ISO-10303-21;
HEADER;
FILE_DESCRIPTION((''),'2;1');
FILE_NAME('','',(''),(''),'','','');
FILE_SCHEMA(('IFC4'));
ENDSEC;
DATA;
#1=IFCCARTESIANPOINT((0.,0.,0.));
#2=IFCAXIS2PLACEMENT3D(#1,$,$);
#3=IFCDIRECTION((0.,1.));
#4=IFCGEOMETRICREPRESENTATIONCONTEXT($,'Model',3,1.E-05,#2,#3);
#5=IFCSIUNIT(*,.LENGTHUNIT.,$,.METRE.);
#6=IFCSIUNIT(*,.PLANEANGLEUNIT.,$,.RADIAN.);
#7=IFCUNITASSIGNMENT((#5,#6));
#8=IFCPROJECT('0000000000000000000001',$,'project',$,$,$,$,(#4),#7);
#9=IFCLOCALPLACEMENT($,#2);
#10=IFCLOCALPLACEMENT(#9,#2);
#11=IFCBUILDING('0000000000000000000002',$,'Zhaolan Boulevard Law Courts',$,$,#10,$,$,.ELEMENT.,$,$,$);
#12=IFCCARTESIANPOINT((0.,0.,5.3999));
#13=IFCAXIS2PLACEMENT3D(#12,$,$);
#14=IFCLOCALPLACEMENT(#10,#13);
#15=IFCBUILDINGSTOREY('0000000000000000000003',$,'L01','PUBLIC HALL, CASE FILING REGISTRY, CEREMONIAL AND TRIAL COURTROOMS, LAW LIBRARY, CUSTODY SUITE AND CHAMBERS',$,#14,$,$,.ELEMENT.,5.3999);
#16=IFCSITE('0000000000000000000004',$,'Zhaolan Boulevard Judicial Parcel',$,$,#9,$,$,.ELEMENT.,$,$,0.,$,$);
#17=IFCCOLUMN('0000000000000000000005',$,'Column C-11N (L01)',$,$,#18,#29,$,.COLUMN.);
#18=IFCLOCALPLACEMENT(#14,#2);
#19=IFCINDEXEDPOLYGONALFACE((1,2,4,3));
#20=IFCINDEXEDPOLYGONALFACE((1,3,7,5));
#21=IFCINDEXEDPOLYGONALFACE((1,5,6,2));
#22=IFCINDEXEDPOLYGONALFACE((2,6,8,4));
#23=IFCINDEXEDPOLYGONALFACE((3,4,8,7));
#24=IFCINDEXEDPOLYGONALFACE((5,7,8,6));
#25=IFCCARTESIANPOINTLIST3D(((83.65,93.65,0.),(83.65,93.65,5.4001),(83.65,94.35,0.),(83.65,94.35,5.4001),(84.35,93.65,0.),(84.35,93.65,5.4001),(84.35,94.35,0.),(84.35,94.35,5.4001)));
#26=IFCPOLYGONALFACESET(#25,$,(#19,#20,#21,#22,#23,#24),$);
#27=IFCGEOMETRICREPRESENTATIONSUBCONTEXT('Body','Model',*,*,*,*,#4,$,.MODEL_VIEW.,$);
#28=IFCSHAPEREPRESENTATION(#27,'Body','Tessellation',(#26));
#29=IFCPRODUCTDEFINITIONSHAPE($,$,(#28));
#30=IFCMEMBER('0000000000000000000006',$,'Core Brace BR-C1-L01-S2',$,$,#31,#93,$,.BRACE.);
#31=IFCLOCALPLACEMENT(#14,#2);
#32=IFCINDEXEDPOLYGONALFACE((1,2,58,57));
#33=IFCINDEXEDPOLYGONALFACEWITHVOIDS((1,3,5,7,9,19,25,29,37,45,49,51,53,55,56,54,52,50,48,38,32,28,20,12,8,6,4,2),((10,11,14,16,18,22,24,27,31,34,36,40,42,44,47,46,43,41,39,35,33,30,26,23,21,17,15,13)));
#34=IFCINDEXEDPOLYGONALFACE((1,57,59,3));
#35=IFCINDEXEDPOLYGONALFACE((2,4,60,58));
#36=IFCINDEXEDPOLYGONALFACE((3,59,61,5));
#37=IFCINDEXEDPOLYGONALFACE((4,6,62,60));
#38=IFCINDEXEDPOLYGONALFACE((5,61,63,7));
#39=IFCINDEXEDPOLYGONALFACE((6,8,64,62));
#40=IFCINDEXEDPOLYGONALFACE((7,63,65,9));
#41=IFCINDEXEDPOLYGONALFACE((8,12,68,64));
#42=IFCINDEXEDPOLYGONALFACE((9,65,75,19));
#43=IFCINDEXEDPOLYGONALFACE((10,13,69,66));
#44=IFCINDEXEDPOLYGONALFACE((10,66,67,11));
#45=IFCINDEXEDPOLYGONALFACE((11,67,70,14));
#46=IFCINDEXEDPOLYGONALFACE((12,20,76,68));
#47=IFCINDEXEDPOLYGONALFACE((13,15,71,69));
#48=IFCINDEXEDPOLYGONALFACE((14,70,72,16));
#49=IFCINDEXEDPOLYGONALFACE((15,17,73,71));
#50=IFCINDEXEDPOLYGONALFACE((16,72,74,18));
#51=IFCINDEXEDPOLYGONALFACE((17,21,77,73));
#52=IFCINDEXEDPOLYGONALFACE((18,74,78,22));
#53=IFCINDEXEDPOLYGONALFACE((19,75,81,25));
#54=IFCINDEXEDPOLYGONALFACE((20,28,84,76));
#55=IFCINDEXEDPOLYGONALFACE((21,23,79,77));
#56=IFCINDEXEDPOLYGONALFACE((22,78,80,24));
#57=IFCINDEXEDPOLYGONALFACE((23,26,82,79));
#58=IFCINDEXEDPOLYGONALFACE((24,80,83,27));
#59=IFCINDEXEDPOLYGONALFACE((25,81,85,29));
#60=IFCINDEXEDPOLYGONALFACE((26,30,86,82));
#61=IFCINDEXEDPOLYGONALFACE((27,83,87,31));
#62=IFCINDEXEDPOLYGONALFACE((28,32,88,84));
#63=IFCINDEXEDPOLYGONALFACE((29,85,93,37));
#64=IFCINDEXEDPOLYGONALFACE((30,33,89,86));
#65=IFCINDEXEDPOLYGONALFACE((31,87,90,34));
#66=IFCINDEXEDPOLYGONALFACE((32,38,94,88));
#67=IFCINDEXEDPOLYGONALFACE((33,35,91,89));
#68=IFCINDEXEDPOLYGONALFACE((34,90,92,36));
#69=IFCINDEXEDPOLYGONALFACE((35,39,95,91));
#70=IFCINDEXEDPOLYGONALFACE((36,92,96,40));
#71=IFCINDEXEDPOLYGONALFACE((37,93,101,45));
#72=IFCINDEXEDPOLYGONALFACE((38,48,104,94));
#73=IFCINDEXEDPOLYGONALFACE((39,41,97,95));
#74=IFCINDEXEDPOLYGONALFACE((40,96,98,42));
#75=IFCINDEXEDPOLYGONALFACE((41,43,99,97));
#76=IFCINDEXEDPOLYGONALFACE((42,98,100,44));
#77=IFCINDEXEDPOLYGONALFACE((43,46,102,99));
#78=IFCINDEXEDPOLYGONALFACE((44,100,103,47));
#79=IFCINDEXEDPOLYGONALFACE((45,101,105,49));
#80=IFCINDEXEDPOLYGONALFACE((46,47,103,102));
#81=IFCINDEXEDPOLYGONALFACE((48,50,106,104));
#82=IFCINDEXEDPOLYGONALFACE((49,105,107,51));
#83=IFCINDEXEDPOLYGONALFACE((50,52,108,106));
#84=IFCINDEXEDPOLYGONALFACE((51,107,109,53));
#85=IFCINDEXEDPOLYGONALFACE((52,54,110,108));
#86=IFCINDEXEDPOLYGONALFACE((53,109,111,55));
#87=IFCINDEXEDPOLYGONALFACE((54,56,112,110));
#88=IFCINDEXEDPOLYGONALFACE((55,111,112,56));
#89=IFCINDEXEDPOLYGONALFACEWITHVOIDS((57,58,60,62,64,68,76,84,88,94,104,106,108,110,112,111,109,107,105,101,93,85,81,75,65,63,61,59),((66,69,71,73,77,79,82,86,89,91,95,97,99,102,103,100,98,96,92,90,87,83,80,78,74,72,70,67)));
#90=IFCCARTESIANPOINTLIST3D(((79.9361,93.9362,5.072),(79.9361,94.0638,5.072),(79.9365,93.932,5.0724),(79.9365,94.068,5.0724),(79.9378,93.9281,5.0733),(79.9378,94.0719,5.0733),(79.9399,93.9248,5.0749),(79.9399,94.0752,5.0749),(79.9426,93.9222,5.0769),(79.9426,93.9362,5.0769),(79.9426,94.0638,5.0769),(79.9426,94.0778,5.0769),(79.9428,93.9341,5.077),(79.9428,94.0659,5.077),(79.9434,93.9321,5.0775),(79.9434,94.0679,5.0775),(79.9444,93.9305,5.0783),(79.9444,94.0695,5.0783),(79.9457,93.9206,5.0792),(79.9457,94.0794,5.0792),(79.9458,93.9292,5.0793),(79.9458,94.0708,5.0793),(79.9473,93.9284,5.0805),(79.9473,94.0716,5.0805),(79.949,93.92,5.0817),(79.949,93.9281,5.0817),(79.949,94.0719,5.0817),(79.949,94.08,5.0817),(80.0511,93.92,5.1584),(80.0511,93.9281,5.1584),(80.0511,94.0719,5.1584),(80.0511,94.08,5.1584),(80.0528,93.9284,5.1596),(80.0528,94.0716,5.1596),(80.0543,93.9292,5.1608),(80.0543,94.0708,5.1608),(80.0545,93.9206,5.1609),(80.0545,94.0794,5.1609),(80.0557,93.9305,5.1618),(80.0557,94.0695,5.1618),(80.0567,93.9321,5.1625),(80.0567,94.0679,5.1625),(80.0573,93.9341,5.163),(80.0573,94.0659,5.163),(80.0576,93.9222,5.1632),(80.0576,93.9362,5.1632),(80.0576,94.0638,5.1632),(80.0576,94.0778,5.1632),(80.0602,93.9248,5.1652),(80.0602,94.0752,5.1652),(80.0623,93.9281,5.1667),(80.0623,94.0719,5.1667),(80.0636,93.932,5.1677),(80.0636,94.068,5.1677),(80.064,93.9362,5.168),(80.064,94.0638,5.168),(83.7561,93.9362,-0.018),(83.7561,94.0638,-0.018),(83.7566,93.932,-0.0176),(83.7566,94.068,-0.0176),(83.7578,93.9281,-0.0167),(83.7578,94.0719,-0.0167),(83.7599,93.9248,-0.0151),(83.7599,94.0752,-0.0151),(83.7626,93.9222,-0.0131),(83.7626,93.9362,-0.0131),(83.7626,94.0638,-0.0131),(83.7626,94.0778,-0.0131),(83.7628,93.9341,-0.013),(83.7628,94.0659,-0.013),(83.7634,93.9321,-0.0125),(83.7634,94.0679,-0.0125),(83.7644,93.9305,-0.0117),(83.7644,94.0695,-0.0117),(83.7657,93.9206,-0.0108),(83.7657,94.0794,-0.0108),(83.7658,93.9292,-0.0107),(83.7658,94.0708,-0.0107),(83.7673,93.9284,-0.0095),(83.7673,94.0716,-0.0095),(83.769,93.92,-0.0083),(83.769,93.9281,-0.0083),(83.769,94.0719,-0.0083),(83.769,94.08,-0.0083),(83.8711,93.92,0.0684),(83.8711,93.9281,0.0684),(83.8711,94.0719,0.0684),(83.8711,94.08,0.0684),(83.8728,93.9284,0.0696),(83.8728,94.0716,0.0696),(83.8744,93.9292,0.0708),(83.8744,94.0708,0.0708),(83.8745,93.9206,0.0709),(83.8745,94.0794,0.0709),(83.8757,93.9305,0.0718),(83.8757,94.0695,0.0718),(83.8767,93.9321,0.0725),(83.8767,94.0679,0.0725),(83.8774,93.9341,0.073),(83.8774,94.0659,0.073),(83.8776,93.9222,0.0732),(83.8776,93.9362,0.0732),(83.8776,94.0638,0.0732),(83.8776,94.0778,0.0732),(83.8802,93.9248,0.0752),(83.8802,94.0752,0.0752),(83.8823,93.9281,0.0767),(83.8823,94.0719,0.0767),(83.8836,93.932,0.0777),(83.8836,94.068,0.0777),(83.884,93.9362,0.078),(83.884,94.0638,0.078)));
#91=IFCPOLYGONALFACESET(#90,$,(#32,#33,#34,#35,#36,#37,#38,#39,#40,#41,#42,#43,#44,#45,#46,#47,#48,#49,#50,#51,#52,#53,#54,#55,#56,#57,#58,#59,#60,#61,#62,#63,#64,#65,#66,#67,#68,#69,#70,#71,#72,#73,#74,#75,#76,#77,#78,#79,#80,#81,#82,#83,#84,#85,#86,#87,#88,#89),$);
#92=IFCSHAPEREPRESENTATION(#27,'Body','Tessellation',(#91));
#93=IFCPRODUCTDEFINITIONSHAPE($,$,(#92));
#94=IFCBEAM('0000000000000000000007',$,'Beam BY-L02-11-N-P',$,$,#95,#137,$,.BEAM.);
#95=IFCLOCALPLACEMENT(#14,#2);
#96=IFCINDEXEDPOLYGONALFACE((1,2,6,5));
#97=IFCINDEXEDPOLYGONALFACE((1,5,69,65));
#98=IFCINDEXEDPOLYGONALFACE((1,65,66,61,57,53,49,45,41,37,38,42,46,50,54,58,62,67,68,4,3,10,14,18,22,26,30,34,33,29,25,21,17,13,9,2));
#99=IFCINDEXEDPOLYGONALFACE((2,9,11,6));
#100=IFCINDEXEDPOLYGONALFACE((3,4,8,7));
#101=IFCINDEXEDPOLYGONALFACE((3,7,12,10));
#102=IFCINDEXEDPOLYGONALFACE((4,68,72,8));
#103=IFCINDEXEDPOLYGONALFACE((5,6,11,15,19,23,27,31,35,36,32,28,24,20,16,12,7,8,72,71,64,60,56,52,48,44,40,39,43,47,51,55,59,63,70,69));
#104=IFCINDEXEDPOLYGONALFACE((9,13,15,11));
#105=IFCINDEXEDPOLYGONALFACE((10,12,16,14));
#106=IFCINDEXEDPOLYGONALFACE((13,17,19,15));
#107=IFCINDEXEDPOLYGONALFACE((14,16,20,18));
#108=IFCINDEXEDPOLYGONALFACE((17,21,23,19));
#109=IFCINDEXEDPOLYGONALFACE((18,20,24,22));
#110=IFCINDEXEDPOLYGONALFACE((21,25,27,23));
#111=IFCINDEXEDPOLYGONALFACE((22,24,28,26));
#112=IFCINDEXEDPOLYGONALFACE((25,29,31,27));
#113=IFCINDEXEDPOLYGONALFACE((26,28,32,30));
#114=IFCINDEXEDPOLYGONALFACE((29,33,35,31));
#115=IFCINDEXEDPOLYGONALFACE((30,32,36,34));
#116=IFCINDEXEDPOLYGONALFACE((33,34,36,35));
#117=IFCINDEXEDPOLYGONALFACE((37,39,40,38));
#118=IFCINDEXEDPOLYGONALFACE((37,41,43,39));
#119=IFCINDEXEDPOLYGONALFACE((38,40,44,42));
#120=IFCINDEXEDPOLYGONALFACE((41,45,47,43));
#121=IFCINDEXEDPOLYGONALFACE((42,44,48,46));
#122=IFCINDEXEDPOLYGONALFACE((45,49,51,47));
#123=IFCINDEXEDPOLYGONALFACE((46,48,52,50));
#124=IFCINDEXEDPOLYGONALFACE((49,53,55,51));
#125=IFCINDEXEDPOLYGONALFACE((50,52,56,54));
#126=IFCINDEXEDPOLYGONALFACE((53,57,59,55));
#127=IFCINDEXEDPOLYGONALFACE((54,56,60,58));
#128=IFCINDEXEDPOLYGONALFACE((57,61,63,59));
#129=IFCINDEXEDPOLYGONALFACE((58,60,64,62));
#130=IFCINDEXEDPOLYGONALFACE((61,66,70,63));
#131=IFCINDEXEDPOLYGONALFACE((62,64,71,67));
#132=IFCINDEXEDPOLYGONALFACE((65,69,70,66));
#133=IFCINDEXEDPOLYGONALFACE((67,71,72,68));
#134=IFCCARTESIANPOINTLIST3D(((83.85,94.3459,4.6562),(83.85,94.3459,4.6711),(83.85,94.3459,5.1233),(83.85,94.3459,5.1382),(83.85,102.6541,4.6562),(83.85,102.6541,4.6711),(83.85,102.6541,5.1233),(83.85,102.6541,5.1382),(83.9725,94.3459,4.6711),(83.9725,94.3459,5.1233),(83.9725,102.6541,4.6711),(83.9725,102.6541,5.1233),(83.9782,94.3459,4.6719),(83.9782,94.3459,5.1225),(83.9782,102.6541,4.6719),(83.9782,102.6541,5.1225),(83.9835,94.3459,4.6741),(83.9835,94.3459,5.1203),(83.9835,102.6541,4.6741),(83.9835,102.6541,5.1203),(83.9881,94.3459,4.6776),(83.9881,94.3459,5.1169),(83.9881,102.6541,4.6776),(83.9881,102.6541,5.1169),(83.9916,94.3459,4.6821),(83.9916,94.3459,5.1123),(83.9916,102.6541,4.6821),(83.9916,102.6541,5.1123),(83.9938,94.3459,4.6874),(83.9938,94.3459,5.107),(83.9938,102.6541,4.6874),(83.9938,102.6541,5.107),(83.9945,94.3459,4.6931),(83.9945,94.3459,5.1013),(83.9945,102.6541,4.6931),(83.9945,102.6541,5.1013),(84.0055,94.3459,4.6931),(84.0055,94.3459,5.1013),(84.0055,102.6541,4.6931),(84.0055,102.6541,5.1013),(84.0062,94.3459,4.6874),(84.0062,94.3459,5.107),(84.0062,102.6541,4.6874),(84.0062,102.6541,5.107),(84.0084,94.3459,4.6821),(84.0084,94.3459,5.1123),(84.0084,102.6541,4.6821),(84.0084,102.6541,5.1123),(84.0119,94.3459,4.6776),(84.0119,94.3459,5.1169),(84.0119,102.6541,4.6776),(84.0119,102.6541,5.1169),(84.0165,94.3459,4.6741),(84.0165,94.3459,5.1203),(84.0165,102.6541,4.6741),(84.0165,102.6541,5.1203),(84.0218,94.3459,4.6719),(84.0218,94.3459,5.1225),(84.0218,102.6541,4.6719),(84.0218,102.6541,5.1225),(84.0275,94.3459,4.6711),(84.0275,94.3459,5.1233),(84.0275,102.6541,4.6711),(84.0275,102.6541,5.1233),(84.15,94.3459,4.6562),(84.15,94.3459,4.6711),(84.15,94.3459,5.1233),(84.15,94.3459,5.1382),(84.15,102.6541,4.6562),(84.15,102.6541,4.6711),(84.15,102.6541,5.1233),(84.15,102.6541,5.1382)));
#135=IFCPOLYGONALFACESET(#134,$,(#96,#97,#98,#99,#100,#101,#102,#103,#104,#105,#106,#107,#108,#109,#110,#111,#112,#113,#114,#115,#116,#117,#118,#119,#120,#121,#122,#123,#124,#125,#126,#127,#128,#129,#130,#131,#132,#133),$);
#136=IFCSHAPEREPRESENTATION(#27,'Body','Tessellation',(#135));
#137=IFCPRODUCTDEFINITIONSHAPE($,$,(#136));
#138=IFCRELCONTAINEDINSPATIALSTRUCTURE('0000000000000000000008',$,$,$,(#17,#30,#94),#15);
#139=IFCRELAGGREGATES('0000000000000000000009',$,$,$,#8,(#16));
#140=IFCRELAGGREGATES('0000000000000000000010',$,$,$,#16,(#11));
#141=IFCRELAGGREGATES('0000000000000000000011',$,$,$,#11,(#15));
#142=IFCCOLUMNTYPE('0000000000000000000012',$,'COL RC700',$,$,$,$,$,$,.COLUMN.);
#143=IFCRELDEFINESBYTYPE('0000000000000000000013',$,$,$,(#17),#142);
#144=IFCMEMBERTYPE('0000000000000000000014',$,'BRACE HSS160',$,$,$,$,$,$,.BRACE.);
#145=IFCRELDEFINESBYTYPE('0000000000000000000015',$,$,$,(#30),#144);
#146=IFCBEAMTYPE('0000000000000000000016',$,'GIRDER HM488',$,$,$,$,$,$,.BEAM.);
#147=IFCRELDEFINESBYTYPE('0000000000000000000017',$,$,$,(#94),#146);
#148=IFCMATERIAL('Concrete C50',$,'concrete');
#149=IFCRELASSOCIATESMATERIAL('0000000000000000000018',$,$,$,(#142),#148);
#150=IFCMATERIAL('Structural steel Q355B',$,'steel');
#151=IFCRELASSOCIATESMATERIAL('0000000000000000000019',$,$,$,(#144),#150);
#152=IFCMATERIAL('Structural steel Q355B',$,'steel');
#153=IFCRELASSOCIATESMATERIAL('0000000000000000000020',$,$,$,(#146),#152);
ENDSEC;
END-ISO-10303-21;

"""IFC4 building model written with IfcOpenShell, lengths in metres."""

from ifc_helpers import new_model, si_unit, direction, frame, origin, origin_2d, place, context, subcontext, project, spatial, rectangle, hollow_rectangle, i_section, extrude, material, material_profile, profile_set, type_object, element, save


model = new_model("IFC4")

# Units and contexts
model_context = context("Model", 3, precision=1e-05, world=origin(), true_north=direction((0.0, 1.0)))
body_context = subcontext(model_context, "Body", "Model", "MODEL_VIEW")
ifc_project = project(units=[si_unit("LENGTHUNIT", "METRE"), si_unit("PLANEANGLEUNIT", "RADIAN")], contexts=[model_context])

# Site, building, storey
site_placement = place(None, origin())
site = spatial("IfcSite", under=ifc_project, at=site_placement, Name="Zhaolan Boulevard Judicial Parcel", CompositionType="ELEMENT", RefElevation=0.0)
building_placement = place(site_placement, origin())
building = spatial("IfcBuilding", under=site, at=building_placement, Name="Zhaolan Boulevard Law Courts", CompositionType="ELEMENT")
storey_placement = place(building_placement, frame((0.0, 0.0, 5.3999)))
storey = spatial("IfcBuildingStorey", under=building, at=storey_placement, Name="L01", Description="PUBLIC HALL, CASE FILING REGISTRY, CEREMONIAL AND TRIAL COURTROOMS, LAW LIBRARY, CUSTODY SUITE AND CHAMBERS", CompositionType="ELEMENT", Elevation=5.3999)

# Column
ifc_material_1 = material(Name="Concrete C50", Category="concrete")
ifc_material_profile_1 = material_profile(ifc_material_1, rectangle(XDim=0.7, YDim=0.7, at=origin_2d()), Name="RC700x700")
ifc_profile_set_1 = profile_set([ifc_material_profile_1], Name="Concrete C50")
column_type = type_object("IfcColumnType", Name="COL RC700", PredefinedType="COLUMN", material=ifc_profile_set_1)
column_placement = place(storey_placement, frame((84.0, 94.0, 0.0), z_axis=(0.0, 0.0, 1.0), x_axis=(1.0, 0.0, 0.0)))
element("IfcColumn", 1, at=column_placement, inside=storey, type_object=column_type, Name="Column C-11N (L01)", PredefinedType="COLUMN", context=body_context, shape_type="SweptSolid", body=[
    extrude(rectangle(XDim=0.7, YDim=0.7, at=origin_2d()), origin(), (0.0, 0.0, 1.0), 5.4001),
])

# Member
ifc_material_2 = material(Name="Structural steel Q355B", Category="steel")
ifc_material_profile_2 = material_profile(ifc_material_2, hollow_rectangle(XDim=0.1599, YDim=0.1599, WallThickness=0.0081, InnerFilletRadius=0.0081, OuterFilletRadius=0.0161, at=origin_2d()), Name="HSS160x160x8")
ifc_profile_set_2 = profile_set([ifc_material_profile_2], Name="Structural steel Q355B")
member_type = type_object("IfcMemberType", Name="BRACE HSS160", PredefinedType="BRACE", material=ifc_profile_set_2)
member_placement = place(storey_placement, frame((83.8201, 94.0, 0.03), z_axis=(-0.600252, 0.0, 0.799811), x_axis=(0.0, -1.0, 0.0)))
element("IfcMember", 2, at=member_placement, inside=storey, type_object=member_type, Name="Core Brace BR-C1-L01-S2", PredefinedType="BRACE", context=body_context, shape_type="SweptSolid", body=[
    extrude(hollow_rectangle(XDim=0.1599, YDim=0.1599, WallThickness=0.0081, InnerFilletRadius=0.0081, OuterFilletRadius=0.0161, at=origin_2d()), origin(), (0.0, 0.0, 1.0), 6.364),
])

# Beam
ifc_material_3 = material(Name="Structural steel Q355B", Category="steel")
ifc_material_profile_3 = material_profile(ifc_material_3, i_section(OverallWidth=0.3, OverallDepth=0.4819, WebThickness=0.011, FlangeThickness=0.0149, FilletRadius=0.022, at=origin_2d()), Name="HM482x300")
ifc_profile_set_3 = profile_set([ifc_material_profile_3], Name="Structural steel Q355B")
beam_type_1 = type_object("IfcBeamType", Name="GIRDER HM488", PredefinedType="BEAM", material=ifc_profile_set_3)
beam_1_placement = place(storey_placement, frame((84.0, 94.3459, 4.8972), z_axis=(0.0, 1.0, 0.0), x_axis=(-1.0, 0.0, 0.0)))
element("IfcBeam", 3, at=beam_1_placement, inside=storey, type_object=beam_type_1, Name="Beam BY-L02-11-N-P", PredefinedType="BEAM", context=body_context, shape_type="SweptSolid", body=[
    extrude(i_section(OverallWidth=0.3, OverallDepth=0.4819, WebThickness=0.011, FlangeThickness=0.0149, FilletRadius=0.022, at=origin_2d()), origin(), (0.0, 0.0, 1.0), 8.3081),
])

save(model, "model.ifc")
